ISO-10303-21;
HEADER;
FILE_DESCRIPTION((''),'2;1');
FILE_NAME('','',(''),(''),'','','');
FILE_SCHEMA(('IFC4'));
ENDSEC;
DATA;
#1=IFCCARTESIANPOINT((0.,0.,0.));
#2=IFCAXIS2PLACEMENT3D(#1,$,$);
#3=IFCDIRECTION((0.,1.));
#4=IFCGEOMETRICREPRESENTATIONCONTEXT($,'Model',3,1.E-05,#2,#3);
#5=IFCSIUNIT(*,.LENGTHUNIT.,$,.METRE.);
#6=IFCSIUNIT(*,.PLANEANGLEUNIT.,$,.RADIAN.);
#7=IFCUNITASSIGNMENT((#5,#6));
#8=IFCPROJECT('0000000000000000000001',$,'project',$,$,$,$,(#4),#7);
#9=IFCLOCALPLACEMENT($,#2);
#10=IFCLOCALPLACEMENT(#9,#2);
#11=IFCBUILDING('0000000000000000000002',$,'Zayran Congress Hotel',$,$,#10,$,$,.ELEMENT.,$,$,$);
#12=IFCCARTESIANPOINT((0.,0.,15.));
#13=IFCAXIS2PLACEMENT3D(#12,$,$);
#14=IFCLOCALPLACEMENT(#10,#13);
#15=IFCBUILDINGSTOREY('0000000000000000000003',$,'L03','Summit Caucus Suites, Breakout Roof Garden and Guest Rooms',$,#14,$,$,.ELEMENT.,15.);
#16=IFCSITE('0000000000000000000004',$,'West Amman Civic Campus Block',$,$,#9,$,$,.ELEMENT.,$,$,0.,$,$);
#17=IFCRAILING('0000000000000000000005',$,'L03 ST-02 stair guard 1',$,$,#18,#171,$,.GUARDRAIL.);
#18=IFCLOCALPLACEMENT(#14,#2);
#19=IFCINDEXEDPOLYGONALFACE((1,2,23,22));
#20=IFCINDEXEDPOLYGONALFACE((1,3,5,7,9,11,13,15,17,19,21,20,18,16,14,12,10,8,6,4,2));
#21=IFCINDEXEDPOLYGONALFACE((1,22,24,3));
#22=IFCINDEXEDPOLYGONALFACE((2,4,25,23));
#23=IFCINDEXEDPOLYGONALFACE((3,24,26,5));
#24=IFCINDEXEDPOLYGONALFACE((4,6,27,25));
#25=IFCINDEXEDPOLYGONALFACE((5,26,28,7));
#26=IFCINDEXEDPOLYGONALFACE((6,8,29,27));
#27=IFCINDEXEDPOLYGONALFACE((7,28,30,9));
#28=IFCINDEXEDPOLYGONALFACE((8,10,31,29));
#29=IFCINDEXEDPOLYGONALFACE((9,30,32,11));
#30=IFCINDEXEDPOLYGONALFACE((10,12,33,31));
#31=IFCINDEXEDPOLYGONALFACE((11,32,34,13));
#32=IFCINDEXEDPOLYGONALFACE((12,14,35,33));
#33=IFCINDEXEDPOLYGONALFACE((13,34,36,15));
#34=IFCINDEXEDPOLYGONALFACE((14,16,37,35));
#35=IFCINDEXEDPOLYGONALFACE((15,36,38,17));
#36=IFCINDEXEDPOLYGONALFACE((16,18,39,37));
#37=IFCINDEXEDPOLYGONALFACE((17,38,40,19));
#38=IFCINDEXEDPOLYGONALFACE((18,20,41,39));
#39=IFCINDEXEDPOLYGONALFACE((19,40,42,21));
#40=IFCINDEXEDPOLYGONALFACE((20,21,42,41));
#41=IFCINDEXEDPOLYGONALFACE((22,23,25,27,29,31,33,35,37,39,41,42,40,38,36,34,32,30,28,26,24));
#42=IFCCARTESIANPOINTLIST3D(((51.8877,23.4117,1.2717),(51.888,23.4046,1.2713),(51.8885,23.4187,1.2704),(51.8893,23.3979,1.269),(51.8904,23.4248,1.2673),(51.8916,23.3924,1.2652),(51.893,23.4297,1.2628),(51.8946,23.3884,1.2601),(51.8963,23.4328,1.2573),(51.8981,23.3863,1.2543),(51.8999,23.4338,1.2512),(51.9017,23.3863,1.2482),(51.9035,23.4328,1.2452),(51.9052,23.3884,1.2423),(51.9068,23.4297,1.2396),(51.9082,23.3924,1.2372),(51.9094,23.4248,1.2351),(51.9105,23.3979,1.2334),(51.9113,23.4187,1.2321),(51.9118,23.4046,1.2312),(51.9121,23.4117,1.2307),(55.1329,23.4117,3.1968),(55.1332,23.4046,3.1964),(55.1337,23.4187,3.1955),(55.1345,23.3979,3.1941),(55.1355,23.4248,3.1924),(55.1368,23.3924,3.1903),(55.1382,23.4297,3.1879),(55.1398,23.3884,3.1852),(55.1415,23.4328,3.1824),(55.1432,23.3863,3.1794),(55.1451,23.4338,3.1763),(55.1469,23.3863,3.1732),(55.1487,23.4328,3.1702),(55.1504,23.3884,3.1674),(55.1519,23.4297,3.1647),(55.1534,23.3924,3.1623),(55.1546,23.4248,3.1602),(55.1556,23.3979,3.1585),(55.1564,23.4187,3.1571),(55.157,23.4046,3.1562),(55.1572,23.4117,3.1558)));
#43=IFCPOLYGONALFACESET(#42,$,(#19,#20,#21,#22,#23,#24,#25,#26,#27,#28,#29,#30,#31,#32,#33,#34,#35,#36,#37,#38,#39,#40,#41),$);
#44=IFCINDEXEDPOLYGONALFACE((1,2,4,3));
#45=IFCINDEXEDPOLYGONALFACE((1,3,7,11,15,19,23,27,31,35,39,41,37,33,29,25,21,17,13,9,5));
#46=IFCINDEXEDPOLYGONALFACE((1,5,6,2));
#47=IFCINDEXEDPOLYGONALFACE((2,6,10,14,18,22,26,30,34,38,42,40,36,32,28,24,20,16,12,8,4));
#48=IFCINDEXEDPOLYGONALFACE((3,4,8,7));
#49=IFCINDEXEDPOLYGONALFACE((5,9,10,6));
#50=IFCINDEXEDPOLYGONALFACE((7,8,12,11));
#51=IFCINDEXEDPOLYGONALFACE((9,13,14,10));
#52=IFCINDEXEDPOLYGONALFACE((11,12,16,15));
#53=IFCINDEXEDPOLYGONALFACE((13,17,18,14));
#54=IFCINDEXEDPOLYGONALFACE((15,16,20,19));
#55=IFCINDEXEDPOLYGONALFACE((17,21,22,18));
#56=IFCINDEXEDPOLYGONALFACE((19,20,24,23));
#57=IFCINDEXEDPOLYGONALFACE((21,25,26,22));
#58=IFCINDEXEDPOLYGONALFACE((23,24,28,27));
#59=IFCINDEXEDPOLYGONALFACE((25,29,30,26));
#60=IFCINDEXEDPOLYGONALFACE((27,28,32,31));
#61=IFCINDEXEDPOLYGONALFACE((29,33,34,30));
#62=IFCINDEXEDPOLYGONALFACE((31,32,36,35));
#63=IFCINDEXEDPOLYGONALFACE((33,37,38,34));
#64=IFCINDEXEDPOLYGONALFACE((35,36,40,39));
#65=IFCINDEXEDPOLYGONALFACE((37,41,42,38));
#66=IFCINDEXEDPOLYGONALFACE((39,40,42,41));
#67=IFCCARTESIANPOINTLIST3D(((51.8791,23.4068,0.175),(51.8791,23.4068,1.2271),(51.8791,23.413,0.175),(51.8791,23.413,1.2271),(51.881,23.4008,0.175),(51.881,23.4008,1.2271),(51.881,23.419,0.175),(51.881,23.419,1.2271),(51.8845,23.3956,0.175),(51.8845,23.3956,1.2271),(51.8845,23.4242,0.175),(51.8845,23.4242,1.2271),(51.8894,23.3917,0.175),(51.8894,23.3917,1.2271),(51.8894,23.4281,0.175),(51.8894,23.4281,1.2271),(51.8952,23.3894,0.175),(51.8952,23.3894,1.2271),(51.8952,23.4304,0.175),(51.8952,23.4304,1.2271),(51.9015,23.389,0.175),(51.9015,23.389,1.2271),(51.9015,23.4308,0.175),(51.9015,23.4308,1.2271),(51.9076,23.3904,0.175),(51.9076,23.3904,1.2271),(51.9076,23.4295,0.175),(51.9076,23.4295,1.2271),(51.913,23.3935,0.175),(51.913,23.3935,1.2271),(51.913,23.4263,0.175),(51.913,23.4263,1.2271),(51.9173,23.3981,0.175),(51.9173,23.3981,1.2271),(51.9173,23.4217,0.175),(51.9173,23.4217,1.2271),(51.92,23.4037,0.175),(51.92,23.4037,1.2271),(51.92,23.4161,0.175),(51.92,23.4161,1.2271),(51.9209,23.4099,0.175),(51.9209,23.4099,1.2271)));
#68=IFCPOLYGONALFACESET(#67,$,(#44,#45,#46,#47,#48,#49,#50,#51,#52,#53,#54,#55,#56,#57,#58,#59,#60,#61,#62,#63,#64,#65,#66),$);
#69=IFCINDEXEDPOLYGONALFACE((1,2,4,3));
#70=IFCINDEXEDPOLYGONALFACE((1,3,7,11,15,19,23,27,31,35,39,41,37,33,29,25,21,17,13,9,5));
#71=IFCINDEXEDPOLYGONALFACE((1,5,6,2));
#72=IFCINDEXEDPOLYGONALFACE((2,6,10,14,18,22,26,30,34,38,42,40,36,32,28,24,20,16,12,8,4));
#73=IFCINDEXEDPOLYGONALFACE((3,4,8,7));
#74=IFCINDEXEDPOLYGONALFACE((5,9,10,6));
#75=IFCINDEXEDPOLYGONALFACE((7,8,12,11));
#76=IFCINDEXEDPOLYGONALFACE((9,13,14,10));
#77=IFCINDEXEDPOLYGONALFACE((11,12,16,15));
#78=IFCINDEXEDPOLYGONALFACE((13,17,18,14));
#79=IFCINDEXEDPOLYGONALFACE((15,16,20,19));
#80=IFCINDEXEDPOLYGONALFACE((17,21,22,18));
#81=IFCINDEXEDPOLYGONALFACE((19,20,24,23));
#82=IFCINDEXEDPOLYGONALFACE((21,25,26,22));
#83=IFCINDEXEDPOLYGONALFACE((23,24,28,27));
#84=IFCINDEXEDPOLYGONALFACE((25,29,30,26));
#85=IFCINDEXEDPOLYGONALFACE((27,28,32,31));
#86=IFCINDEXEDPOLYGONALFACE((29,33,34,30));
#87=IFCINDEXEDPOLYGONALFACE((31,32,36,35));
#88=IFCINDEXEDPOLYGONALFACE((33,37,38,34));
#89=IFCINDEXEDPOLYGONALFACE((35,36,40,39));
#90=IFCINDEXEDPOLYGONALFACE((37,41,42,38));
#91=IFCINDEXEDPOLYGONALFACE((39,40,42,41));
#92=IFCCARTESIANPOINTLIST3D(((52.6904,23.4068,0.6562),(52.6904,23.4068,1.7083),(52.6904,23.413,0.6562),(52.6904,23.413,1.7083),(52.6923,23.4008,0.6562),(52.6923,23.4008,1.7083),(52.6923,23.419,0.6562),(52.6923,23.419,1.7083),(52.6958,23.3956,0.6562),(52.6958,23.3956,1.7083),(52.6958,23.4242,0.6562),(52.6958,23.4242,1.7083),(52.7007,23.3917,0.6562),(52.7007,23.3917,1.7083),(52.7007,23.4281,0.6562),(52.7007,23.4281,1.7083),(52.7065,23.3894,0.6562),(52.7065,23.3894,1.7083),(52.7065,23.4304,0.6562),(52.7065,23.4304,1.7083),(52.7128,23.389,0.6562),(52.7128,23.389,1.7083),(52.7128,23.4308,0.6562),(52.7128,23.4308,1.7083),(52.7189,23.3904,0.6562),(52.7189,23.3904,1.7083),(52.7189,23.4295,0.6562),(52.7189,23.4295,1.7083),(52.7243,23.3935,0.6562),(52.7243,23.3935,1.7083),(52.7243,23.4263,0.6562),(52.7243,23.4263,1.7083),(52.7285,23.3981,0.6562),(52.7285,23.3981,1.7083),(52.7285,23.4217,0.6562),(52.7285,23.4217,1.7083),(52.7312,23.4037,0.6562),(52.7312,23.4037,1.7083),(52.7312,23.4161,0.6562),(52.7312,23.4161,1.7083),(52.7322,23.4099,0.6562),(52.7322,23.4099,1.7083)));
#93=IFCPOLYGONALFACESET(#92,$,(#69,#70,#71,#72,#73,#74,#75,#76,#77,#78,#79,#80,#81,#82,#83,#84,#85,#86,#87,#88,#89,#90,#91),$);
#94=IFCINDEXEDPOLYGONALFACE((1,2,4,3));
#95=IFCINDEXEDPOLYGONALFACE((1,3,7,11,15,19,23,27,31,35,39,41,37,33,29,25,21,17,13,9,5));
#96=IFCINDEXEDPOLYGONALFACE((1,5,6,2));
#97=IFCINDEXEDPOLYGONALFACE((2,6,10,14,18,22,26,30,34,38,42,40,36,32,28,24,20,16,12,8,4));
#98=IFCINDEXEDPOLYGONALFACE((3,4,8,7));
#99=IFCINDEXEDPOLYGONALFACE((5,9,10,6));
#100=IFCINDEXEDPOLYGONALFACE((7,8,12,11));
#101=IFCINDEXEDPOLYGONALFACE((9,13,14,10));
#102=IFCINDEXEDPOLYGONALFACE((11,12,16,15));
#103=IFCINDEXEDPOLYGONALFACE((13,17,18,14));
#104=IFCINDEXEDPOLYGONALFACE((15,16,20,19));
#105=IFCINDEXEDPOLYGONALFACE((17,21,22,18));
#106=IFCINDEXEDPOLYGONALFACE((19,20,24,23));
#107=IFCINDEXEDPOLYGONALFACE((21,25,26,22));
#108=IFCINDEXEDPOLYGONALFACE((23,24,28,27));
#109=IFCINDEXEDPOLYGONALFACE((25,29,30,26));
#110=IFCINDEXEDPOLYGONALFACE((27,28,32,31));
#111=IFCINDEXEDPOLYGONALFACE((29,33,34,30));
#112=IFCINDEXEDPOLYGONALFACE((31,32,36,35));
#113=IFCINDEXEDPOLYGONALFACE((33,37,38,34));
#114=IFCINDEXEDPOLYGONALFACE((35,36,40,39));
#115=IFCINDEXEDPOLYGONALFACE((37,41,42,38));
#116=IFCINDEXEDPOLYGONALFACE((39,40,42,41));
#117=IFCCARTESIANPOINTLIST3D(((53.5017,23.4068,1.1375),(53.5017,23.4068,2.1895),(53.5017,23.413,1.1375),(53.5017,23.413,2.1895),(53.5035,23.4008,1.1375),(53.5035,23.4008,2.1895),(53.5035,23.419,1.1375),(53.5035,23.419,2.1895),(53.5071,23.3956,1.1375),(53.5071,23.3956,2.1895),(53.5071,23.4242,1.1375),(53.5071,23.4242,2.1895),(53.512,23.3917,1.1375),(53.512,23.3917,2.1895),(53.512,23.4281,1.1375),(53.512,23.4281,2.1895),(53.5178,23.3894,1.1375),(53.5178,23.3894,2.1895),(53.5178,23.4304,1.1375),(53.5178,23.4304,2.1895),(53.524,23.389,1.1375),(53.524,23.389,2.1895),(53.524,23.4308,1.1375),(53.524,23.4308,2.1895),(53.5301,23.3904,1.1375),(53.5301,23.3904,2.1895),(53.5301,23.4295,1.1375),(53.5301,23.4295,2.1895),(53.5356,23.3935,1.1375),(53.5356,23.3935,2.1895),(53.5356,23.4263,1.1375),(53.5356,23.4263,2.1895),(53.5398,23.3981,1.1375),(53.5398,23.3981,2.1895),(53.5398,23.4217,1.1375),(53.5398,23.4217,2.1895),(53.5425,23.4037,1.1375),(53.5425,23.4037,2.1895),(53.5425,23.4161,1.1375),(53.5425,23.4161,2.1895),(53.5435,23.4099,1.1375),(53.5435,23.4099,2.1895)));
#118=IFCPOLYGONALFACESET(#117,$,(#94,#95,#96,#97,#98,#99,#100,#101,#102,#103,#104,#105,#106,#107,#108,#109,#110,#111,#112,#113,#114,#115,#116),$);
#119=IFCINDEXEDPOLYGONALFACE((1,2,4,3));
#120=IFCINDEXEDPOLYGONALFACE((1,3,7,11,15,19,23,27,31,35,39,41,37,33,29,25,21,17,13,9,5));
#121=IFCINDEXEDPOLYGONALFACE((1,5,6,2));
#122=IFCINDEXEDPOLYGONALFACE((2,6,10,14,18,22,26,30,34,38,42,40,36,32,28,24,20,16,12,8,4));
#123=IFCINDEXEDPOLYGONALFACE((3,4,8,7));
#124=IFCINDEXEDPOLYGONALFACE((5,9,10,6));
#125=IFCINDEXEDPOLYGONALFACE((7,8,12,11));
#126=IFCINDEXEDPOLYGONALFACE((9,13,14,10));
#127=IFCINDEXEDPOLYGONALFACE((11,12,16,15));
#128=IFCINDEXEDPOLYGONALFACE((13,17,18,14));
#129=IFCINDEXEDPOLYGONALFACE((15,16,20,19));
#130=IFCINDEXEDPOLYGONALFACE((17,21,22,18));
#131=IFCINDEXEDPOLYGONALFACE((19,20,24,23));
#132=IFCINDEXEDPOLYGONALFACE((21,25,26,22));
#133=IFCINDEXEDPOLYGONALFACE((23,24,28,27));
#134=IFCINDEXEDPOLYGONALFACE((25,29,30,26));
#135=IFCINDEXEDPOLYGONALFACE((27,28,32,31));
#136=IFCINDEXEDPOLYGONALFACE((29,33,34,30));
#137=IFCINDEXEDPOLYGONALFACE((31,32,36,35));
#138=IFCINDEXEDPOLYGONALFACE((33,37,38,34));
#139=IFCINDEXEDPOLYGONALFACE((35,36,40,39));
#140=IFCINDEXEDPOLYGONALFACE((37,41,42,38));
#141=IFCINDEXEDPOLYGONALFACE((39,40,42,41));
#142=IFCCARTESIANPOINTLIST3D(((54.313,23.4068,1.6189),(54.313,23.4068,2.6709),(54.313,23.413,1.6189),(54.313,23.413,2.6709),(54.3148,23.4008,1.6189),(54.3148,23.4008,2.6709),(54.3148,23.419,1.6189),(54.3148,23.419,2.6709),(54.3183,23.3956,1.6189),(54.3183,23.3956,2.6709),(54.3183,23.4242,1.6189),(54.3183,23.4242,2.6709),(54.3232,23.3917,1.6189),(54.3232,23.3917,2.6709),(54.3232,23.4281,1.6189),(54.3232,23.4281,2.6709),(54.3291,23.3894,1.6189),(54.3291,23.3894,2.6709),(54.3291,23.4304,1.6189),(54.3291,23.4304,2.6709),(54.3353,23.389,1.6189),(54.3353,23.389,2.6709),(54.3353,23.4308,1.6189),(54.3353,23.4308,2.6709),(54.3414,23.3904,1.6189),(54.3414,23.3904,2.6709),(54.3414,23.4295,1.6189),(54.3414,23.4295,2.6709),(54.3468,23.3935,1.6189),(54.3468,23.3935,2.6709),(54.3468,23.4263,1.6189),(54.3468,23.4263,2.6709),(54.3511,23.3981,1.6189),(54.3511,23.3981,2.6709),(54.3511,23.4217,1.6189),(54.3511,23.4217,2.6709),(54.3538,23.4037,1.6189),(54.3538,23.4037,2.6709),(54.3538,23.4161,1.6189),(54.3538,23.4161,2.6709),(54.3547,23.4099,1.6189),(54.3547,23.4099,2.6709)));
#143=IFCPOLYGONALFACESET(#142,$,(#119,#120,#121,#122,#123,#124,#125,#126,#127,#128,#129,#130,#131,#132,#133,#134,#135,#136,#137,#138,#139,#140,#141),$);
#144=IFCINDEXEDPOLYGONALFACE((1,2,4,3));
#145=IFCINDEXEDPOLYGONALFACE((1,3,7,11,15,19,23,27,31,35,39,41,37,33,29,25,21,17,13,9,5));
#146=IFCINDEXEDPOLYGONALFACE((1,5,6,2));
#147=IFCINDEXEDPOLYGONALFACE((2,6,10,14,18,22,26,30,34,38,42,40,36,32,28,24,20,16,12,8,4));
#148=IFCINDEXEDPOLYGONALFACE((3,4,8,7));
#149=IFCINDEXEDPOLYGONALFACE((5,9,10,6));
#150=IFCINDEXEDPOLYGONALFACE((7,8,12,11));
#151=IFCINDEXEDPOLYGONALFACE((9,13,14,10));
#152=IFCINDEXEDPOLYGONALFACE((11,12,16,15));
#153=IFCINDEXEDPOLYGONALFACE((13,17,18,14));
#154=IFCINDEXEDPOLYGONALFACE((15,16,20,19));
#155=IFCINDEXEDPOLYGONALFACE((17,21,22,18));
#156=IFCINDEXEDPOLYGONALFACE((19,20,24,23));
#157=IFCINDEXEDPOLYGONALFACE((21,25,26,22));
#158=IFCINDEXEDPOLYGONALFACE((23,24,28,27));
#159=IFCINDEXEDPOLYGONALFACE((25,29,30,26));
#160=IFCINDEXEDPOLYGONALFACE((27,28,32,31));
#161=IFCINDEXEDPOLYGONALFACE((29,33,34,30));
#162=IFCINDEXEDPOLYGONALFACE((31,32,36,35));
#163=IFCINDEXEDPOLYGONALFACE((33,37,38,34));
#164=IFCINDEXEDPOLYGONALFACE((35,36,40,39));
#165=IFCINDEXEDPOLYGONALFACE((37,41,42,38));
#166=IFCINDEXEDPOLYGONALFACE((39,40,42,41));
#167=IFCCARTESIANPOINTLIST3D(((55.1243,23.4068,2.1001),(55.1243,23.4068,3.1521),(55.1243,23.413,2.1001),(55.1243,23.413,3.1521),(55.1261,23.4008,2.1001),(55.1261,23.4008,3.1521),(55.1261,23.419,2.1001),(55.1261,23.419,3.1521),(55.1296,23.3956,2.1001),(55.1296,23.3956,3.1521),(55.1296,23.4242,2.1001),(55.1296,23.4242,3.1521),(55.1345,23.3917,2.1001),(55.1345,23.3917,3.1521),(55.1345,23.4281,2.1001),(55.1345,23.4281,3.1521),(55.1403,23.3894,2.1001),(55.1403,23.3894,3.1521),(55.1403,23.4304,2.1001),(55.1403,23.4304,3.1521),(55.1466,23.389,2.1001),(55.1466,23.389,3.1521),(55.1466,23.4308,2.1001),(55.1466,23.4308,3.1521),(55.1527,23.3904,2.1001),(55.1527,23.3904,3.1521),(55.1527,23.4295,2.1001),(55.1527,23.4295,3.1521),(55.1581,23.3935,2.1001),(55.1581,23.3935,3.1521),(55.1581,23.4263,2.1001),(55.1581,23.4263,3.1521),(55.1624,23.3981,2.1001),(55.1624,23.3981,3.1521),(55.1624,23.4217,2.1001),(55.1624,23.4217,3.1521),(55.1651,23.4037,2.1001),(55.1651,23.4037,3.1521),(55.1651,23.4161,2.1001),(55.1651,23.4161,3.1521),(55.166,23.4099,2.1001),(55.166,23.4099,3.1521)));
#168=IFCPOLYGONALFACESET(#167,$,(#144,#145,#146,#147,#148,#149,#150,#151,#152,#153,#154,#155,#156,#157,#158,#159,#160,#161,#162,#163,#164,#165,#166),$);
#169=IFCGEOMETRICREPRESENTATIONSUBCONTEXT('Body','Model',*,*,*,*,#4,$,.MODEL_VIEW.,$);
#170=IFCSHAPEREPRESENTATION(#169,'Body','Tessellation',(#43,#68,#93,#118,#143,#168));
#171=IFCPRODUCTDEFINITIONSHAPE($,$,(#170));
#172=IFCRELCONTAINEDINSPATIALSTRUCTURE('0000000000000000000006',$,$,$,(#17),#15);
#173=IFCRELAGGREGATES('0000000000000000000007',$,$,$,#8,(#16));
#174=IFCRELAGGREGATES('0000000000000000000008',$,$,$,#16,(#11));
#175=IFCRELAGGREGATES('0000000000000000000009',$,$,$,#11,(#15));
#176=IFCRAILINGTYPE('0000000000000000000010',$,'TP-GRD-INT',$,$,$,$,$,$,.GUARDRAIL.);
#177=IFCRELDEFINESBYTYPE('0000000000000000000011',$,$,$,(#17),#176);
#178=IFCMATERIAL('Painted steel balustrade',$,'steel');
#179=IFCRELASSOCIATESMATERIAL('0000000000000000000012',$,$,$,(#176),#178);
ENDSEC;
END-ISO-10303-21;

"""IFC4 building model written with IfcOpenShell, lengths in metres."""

from ifc_helpers import new_model, si_unit, direction, frame, origin, origin_2d, place, context, subcontext, project, spatial, circle, extrude, material, type_object, element, save


model = new_model("IFC4")

# Units and contexts
model_context = context("Model", 3, precision=1e-05, world=origin(), true_north=direction((0.0, 1.0)))
body_context = subcontext(model_context, "Body", "Model", "MODEL_VIEW")
ifc_project = project(units=[si_unit("LENGTHUNIT", "METRE"), si_unit("PLANEANGLEUNIT", "RADIAN")], contexts=[model_context])

# Site, building, storey
site_placement = place(None, origin())
site = spatial("IfcSite", under=ifc_project, at=site_placement, Name="West Amman Civic Campus Block", CompositionType="ELEMENT", RefElevation=0.0)
building_placement = place(site_placement, origin())
building = spatial("IfcBuilding", under=site, at=building_placement, Name="Zayran Congress Hotel", CompositionType="ELEMENT")
storey_placement = place(building_placement, frame((0.0, 0.0, 15.0)))
storey = spatial("IfcBuildingStorey", under=building, at=storey_placement, Name="L03", Description="Summit Caucus Suites, Breakout Roof Garden and Guest Rooms", CompositionType="ELEMENT", Elevation=15.0)

# Railing
ifc_material_1 = material(Name="Painted steel balustrade", Category="steel")
railing_type_1 = type_object("IfcRailingType", Name="TP-GRD-INT", PredefinedType="GUARDRAIL", material=ifc_material_1)
railing_1_placement = place(storey_placement, frame((51.8999, 23.4099, 0.175)))
element("IfcRailing", 1, at=railing_1_placement, inside=storey, type_object=railing_type_1, Name="L03 ST-02 stair guard 1", PredefinedType="GUARDRAIL", context=body_context, shape_type="SweptSolid", body=[
    extrude(circle(Radius=0.0239, at=origin_2d()), frame((0.0, 0.0, 1.0762), z_axis=(0.860057, 0.0, 0.510198), x_axis=(0.0, 1.0, 0.0)), (0.0, 0.0, 1.0), 3.7732),
    extrude(circle(Radius=0.021, at=origin_2d()), origin(), (0.0, 0.0, 1.0), 1.052),
    extrude(circle(Radius=0.021, at=origin_2d()), frame((0.8113, 0.0, 0.4812)), (0.0, 0.0, 1.0), 1.052),
    extrude(circle(Radius=0.021, at=origin_2d()), frame((1.6226, 0.0, 0.9624)), (0.0, 0.0, 1.0), 1.052),
    extrude(circle(Radius=0.021, at=origin_2d()), frame((2.4338, 0.0, 1.4438)), (0.0, 0.0, 1.0), 1.052),
    extrude(circle(Radius=0.021, at=origin_2d()), frame((3.2451, 0.0, 1.925)), (0.0, 0.0, 1.0), 1.052),
])

save(model, "model.ifc")
